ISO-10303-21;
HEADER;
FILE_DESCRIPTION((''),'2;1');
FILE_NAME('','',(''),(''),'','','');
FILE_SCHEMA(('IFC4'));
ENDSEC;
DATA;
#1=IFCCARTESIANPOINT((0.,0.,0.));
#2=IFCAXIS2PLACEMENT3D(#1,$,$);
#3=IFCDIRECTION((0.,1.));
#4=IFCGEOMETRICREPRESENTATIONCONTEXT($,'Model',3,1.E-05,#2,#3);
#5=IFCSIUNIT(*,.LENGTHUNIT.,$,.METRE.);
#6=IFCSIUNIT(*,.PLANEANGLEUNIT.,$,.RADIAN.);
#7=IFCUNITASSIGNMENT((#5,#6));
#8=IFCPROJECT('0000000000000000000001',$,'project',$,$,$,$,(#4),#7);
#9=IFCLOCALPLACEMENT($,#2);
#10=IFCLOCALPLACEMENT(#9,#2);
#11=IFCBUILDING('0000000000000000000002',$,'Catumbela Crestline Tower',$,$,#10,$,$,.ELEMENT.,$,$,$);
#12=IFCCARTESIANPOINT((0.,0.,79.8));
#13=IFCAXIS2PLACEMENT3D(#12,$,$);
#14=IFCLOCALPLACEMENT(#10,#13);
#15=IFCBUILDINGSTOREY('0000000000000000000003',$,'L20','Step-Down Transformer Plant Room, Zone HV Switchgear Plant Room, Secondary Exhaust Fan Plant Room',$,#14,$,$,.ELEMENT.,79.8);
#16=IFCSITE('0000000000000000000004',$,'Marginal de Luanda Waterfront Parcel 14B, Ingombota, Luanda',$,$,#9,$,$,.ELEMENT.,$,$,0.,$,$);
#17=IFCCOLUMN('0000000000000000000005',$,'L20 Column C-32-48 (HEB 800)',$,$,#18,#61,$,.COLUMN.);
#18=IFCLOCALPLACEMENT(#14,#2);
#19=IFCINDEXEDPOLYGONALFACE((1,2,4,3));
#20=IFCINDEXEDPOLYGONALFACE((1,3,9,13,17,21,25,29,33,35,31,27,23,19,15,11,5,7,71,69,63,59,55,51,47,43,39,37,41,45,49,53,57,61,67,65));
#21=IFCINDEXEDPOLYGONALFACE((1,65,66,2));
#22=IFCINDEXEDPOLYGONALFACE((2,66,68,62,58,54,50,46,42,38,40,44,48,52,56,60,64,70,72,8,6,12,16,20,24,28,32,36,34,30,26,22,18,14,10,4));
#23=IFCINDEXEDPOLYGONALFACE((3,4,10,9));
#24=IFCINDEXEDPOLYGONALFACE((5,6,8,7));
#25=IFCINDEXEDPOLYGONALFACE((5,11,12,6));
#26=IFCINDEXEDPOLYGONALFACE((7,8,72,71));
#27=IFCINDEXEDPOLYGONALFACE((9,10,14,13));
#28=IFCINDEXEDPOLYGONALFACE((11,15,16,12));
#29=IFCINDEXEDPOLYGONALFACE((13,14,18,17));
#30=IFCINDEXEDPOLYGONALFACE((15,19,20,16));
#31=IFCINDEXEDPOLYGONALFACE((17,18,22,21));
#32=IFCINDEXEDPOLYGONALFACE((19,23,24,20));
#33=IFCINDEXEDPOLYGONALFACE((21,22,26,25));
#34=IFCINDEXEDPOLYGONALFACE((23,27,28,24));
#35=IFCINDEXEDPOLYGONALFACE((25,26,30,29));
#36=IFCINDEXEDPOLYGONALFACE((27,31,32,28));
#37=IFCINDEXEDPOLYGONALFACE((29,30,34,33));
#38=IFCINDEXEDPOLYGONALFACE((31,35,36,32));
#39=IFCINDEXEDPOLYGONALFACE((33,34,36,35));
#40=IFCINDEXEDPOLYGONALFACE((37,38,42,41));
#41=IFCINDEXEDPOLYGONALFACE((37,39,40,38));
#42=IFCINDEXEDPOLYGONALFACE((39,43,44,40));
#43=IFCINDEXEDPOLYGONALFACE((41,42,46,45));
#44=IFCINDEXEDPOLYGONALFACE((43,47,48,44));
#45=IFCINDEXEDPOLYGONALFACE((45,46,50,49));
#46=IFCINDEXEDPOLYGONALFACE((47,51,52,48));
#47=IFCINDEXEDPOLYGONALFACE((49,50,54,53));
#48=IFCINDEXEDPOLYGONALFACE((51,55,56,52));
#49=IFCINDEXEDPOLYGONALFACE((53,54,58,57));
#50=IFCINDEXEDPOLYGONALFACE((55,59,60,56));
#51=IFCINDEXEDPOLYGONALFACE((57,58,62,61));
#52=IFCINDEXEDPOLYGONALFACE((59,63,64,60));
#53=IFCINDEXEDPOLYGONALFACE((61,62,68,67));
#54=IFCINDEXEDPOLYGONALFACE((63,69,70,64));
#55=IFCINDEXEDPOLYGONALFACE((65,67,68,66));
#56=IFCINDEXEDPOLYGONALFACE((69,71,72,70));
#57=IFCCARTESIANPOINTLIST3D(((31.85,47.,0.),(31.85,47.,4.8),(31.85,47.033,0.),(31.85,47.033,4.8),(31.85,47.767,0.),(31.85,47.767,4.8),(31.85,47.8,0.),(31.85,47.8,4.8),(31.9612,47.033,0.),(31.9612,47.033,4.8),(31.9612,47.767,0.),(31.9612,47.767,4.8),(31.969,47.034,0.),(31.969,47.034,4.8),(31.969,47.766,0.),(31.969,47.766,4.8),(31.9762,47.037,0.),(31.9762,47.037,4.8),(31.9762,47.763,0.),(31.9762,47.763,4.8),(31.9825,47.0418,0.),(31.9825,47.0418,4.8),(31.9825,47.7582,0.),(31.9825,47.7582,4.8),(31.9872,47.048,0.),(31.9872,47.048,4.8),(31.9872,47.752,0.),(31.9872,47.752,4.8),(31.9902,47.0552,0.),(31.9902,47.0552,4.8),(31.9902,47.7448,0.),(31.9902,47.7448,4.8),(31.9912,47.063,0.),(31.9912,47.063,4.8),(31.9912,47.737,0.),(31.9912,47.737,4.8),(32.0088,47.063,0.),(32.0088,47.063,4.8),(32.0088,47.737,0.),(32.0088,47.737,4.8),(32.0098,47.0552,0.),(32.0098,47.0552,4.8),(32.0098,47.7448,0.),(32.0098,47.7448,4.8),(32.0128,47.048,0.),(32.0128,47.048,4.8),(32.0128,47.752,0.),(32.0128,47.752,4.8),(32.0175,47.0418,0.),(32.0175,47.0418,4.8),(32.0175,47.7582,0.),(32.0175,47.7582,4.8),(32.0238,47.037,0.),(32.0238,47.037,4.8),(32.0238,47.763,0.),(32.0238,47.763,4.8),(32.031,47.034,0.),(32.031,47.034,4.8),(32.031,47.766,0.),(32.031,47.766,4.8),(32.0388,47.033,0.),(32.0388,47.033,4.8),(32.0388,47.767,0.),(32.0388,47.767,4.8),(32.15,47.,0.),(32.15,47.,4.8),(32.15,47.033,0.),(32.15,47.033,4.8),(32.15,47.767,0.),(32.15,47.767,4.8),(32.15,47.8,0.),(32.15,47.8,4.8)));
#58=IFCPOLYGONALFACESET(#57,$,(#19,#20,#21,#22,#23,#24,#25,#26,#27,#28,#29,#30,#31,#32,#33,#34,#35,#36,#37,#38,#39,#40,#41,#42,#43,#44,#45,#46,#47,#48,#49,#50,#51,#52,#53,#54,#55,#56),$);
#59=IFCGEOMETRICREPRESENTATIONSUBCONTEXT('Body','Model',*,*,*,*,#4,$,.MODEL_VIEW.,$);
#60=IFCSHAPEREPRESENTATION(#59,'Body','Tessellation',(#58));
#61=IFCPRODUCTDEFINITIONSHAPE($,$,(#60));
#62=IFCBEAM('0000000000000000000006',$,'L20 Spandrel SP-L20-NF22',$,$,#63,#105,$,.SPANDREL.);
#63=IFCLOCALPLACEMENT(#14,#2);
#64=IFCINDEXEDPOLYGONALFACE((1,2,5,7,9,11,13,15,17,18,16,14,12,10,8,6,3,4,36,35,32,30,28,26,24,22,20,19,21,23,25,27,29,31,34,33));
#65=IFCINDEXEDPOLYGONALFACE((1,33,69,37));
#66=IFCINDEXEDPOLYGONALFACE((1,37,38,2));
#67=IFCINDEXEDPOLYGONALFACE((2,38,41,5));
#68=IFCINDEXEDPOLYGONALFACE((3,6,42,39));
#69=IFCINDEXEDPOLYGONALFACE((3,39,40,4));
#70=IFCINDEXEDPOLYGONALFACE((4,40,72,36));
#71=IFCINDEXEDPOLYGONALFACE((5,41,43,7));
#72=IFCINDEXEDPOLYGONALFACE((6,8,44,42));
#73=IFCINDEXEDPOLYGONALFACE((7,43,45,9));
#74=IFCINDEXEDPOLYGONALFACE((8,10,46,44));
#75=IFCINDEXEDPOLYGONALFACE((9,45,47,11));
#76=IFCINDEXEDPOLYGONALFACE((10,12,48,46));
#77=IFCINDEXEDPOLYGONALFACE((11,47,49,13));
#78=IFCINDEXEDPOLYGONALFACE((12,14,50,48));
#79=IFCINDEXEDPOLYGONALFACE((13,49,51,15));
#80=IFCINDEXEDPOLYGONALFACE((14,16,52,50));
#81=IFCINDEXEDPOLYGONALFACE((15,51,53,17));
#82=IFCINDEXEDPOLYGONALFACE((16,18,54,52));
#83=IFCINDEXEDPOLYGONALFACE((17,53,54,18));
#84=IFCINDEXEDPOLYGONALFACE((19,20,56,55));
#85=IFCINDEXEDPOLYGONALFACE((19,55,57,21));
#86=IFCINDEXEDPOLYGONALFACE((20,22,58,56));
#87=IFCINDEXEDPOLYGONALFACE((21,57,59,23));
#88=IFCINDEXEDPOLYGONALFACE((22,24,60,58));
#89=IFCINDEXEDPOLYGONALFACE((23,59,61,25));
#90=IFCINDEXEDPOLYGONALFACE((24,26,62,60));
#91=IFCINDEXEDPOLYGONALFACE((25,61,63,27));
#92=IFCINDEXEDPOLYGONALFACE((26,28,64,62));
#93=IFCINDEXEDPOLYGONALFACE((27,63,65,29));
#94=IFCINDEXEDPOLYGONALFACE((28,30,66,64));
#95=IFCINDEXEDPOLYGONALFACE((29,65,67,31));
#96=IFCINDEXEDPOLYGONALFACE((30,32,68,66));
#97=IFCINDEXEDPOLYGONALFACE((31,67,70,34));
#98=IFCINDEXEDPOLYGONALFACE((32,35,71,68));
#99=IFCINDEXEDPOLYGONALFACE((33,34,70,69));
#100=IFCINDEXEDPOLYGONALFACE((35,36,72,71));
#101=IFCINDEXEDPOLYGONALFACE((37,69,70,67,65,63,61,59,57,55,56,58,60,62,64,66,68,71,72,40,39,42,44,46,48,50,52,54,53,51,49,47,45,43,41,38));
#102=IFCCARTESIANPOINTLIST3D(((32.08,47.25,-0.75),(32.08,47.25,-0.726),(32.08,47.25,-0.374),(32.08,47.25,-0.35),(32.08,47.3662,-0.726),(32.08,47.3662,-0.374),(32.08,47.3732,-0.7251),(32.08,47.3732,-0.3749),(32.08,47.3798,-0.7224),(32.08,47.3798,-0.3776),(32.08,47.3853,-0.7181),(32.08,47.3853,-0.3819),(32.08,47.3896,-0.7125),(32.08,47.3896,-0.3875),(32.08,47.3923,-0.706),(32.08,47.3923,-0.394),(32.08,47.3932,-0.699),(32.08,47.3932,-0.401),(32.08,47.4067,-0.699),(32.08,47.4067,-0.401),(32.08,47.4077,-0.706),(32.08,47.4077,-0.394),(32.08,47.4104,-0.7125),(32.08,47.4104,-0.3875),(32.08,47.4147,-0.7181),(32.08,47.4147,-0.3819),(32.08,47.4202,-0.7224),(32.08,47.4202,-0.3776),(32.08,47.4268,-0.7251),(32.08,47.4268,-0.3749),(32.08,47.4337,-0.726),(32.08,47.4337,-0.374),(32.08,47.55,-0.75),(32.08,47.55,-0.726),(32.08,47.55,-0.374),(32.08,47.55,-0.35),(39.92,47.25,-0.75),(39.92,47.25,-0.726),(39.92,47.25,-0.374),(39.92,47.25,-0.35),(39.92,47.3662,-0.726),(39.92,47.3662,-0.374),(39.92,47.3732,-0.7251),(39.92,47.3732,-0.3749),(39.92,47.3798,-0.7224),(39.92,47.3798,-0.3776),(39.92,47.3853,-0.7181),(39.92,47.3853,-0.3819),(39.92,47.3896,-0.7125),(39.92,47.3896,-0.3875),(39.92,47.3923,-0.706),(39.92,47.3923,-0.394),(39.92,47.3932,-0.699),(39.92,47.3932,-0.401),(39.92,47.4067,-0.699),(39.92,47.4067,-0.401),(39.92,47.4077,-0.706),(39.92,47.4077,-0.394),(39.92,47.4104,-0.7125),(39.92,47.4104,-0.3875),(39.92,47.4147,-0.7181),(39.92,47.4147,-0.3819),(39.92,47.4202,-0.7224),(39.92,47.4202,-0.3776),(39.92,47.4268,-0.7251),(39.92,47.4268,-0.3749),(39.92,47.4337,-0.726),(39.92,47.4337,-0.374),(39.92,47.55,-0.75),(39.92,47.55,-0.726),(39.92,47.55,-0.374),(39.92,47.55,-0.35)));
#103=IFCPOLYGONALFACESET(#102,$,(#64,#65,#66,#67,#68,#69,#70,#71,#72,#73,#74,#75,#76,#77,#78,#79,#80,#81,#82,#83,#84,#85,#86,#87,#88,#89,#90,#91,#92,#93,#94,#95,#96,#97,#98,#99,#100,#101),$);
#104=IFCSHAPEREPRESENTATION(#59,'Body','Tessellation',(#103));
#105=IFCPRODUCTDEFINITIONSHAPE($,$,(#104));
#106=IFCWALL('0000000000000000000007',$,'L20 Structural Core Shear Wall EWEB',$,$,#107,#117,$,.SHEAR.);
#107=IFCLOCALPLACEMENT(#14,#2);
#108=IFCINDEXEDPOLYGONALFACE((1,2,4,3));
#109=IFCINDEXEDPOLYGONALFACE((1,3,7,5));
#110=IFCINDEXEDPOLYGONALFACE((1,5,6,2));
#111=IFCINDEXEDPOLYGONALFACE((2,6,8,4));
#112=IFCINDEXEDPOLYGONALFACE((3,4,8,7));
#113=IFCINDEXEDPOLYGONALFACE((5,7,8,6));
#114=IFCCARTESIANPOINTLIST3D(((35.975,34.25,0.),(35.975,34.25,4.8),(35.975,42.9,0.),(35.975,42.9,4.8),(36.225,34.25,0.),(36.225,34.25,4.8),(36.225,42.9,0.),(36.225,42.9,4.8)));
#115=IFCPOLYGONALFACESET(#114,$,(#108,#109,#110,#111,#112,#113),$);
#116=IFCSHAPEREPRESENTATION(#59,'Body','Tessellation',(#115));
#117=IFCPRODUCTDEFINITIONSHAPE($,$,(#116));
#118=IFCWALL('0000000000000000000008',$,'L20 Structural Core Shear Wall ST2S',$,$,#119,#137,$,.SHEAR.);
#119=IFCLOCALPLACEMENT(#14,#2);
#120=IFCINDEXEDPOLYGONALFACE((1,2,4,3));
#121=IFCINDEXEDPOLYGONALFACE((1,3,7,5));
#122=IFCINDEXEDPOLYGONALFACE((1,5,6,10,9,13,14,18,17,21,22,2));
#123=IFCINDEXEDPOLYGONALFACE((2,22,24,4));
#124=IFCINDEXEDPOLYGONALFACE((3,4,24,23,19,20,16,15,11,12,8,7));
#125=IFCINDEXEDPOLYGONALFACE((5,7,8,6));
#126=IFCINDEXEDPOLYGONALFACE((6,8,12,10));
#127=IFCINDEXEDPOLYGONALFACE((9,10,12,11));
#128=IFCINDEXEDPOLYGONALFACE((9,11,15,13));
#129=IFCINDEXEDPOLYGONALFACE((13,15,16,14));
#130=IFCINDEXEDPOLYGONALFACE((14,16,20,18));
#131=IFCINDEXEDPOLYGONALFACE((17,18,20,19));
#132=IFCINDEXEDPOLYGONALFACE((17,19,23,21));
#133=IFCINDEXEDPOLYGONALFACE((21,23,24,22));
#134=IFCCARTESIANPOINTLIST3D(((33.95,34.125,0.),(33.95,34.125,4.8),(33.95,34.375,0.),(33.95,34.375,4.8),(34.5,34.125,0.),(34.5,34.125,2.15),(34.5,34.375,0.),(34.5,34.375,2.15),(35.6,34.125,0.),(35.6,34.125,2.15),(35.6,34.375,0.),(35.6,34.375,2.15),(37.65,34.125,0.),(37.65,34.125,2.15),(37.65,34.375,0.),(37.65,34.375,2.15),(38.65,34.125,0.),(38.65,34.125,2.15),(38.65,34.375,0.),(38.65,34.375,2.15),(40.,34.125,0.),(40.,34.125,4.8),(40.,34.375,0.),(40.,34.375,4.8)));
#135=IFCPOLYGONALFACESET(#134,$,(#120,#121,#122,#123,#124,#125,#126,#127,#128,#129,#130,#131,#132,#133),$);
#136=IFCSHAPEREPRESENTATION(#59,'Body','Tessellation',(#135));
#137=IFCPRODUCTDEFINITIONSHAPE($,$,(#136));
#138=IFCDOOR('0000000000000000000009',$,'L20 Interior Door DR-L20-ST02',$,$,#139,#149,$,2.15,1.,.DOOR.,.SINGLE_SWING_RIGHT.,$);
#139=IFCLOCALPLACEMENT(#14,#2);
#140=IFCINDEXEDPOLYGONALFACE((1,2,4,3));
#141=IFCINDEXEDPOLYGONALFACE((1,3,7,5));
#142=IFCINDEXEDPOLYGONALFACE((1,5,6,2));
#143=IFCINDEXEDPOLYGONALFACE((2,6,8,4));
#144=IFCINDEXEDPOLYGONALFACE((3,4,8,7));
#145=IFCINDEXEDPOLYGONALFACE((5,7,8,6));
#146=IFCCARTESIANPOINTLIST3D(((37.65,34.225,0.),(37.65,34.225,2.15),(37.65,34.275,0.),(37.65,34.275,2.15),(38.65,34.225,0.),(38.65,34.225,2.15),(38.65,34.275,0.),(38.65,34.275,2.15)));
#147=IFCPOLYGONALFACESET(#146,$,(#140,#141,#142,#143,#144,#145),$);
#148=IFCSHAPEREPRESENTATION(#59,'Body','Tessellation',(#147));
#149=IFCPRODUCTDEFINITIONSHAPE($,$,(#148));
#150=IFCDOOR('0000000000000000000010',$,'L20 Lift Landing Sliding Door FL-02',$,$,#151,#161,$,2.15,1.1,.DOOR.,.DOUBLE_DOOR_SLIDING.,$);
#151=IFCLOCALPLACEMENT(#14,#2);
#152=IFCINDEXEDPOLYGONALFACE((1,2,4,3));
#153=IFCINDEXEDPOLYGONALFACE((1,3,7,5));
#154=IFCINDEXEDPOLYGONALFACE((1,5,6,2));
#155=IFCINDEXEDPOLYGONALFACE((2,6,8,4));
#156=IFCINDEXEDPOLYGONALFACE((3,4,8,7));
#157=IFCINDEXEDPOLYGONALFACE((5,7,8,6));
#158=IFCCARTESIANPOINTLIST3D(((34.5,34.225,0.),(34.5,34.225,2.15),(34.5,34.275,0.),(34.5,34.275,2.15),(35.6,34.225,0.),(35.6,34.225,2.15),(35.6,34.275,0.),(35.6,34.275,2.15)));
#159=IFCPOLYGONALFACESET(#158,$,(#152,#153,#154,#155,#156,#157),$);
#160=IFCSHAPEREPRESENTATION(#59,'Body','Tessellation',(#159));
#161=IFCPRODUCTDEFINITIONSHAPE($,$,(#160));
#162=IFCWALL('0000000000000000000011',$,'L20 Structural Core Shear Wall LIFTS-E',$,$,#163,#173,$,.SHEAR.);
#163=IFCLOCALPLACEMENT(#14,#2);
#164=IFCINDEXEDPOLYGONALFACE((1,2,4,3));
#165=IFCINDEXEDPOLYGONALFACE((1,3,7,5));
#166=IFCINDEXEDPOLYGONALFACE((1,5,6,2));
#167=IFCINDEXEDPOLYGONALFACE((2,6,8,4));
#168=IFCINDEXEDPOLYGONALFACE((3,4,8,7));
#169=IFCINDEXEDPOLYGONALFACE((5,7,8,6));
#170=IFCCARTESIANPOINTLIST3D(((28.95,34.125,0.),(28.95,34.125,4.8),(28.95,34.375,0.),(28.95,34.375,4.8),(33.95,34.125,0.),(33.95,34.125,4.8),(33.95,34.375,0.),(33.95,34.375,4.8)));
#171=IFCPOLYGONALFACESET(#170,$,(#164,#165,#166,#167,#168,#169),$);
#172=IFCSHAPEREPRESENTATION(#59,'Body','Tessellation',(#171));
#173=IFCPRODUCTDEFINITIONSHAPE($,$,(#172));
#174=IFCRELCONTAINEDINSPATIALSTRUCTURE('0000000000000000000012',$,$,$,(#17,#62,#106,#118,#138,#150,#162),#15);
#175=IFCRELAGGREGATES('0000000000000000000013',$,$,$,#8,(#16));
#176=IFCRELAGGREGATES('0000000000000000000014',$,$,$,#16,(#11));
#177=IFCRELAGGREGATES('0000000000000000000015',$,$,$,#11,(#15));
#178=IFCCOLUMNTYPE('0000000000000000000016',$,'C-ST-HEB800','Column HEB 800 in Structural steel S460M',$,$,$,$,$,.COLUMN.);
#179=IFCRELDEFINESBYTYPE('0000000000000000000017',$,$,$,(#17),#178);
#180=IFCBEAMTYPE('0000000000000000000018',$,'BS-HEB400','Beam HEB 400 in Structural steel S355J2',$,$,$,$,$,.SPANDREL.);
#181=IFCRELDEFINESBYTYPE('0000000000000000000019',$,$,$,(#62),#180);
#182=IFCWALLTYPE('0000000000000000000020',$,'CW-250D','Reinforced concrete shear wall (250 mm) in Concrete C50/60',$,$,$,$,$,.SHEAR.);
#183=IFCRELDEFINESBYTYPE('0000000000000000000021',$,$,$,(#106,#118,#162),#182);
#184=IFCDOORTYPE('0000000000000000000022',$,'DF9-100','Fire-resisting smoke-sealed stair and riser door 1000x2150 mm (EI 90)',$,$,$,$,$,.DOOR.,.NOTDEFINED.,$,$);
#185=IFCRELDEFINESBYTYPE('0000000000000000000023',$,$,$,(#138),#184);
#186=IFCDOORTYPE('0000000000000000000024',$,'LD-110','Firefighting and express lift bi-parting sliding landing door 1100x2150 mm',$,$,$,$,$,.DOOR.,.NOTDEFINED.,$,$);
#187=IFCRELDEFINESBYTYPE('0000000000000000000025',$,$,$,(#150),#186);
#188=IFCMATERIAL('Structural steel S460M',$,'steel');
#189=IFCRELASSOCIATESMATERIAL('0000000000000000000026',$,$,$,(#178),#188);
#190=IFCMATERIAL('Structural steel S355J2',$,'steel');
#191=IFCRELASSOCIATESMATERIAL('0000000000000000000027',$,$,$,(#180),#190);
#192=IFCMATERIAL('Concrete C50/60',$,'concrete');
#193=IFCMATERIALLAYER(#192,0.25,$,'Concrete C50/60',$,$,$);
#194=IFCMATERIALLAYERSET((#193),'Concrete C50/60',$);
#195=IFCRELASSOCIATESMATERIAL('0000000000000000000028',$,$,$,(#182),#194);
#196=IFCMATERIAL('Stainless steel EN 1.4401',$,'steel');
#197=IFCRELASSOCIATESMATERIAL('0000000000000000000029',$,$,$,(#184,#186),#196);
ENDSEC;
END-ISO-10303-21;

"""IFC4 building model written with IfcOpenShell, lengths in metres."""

from ifc_helpers import new_model, si_unit, direction, frame, frame_2d, origin, origin_2d, place, context, subcontext, project, spatial, rectangle, i_section, extrude, material, layer, layer_set, material_profile, profile_set, type_object, element, fill, save


model = new_model("IFC4")

# Units and contexts
model_context = context("Model", 3, precision=1e-05, world=origin(), true_north=direction((0.0, 1.0)))
body_context = subcontext(model_context, "Body", "Model", "MODEL_VIEW")
ifc_project = project(units=[si_unit("LENGTHUNIT", "METRE"), si_unit("PLANEANGLEUNIT", "RADIAN")], contexts=[model_context])

# Site, building, storey
site_placement = place(None, origin())
site = spatial("IfcSite", under=ifc_project, at=site_placement, Name="Marginal de Luanda Waterfront Parcel 14B, Ingombota, Luanda", CompositionType="ELEMENT", RefElevation=0.0)
building_placement = place(site_placement, origin())
building = spatial("IfcBuilding", under=site, at=building_placement, Name="Catumbela Crestline Tower", CompositionType="ELEMENT")
storey_placement = place(building_placement, frame((0.0, 0.0, 79.8)))
storey = spatial("IfcBuildingStorey", under=building, at=storey_placement, Name="L20", Description="Step-Down Transformer Plant Room, Zone HV Switchgear Plant Room, Secondary Exhaust Fan Plant Room", CompositionType="ELEMENT", Elevation=79.8)

# Column
ifc_material_1 = material(Name="Structural steel S460M", Category="steel")
ifc_material_profile_1 = material_profile(ifc_material_1, i_section(OverallWidth=0.3, OverallDepth=0.8, WebThickness=0.0175, FlangeThickness=0.033, FilletRadius=0.03, at=origin_2d()), Name="HEB 800")
ifc_profile_set_1 = profile_set([ifc_material_profile_1], Name="Structural steel S460M")
column_type = type_object("IfcColumnType", Name="C-ST-HEB800", Description="Column HEB 800 in Structural steel S460M", PredefinedType="COLUMN", material=ifc_profile_set_1)
column_placement = place(storey_placement, frame((32.0, 47.4, 0.0), z_axis=(0.0, 0.0, 1.0), x_axis=(1.0, 0.0, 0.0)))
element("IfcColumn", 1, at=column_placement, inside=storey, type_object=column_type, Name="L20 Column C-32-48 (HEB 800)", PredefinedType="COLUMN", context=body_context, shape_type="SweptSolid", body=[
    extrude(i_section(OverallWidth=0.3, OverallDepth=0.8, WebThickness=0.0175, FlangeThickness=0.033, FilletRadius=0.03, at=origin_2d()), origin(), (0.0, 0.0, 1.0), 4.8),
])

# Beam
ifc_material_2 = material(Name="Structural steel S355J2", Category="steel")
ifc_material_profile_2 = material_profile(ifc_material_2, i_section(OverallWidth=0.3, OverallDepth=0.4, WebThickness=0.0135, FlangeThickness=0.024, FilletRadius=0.027, at=origin_2d()), Name="HEB 400")
ifc_profile_set_2 = profile_set([ifc_material_profile_2], Name="Structural steel S355J2")
beam_type = type_object("IfcBeamType", Name="BS-HEB400", Description="Beam HEB 400 in Structural steel S355J2", PredefinedType="SPANDREL", material=ifc_profile_set_2)
beam_placement = place(storey_placement, frame((32.08, 47.4, -0.55), z_axis=(1.0, 0.0, 0.0), x_axis=(0.0, 1.0, 0.0)))
element("IfcBeam", 2, at=beam_placement, inside=storey, type_object=beam_type, Name="L20 Spandrel SP-L20-NF22", PredefinedType="SPANDREL", context=body_context, shape_type="SweptSolid", body=[
    extrude(i_section(OverallWidth=0.3, OverallDepth=0.4, WebThickness=0.0135, FlangeThickness=0.024, FilletRadius=0.027, at=origin_2d()), origin(), (0.0, 0.0, 1.0), 7.84),
])

# Wall
ifc_material_3 = material(Name="Concrete C50/60", Category="concrete")
ifc_layer_1 = layer(ifc_material_3, 0.25, Name="Concrete C50/60")
ifc_layer_set_1 = layer_set([ifc_layer_1], Name="Concrete C50/60")
wall_type_1 = type_object("IfcWallType", Name="CW-250D", Description="Reinforced concrete shear wall (250 mm) in Concrete C50/60", PredefinedType="SHEAR", material=ifc_layer_set_1)
wall_1_placement = place(storey_placement, frame((36.1, 34.25, 0.0), z_axis=(0.0, 0.0, 1.0), x_axis=(0.0, 1.0, 0.0)))
element("IfcWall", 3, at=wall_1_placement, inside=storey, type_object=wall_type_1, Name="L20 Structural Core Shear Wall EWEB", PredefinedType="SHEAR", context=body_context, shape_type="SweptSolid", body=[
    extrude(rectangle(XDim=8.65, YDim=0.25, at=frame_2d((4.325, 0.0))), origin(), (0.0, 0.0, 1.0), 4.8),
])

# Wall, openings, doors
wall_2_placement = place(storey_placement, frame((33.95, 34.25, 0.0), z_axis=(0.0, 0.0, 1.0), x_axis=(1.0, 0.0, 0.0)))
wall_2 = element("IfcWall", 4, at=wall_2_placement, inside=storey, type_object=wall_type_1, Name="L20 Structural Core Shear Wall ST2S", PredefinedType="SHEAR", context=body_context, shape_type="SweptSolid", body=[
    extrude(rectangle(XDim=6.05, YDim=0.25, at=frame_2d((3.025, 0.0))), origin(), (0.0, 0.0, 1.0), 4.8),
])
opening_1_placement = place(wall_2_placement, frame((3.7, 0.0, 0.0)))
opening_1 = element("IfcOpeningElement", 5, at=opening_1_placement, cuts=wall_2, PredefinedType="OPENING", context=body_context, shape_type="SweptSolid", body=[
    extrude(rectangle(XDim=1.0, YDim=2.15, at=frame_2d((0.5, 1.075))), frame((0.0, 0.135, 0.0), z_axis=(0.0, -1.0, 0.0), x_axis=(1.0, 0.0, 0.0)), (0.0, 0.0, 1.0), 0.27),
])
opening_2_placement = place(wall_2_placement, frame((0.55, 0.0, 0.0)))
opening_2 = element("IfcOpeningElement", 6, at=opening_2_placement, cuts=wall_2, PredefinedType="OPENING", context=body_context, shape_type="SweptSolid", body=[
    extrude(rectangle(XDim=1.1, YDim=2.15, at=frame_2d((0.55, 1.075))), frame((0.0, 0.135, 0.0), z_axis=(0.0, -1.0, 0.0), x_axis=(1.0, 0.0, 0.0)), (0.0, 0.0, 1.0), 0.27),
])
ifc_material_4 = material(Name="Stainless steel EN 1.4401", Category="steel")
door_type_1 = type_object("IfcDoorType", Name="DF9-100", Description="Fire-resisting smoke-sealed stair and riser door 1000x2150 mm (EI 90)", OperationType="NOTDEFINED", PredefinedType="DOOR", material=ifc_material_4)
door_1_placement = place(opening_1_placement, origin())
door_1 = element("IfcDoor", 7, at=door_1_placement, inside=storey, type_object=door_type_1, Name="L20 Interior Door DR-L20-ST02", OperationType="SINGLE_SWING_RIGHT", OverallHeight=2.15, OverallWidth=1.0, PredefinedType="DOOR", context=body_context, shape_type="SweptSolid", body=[
    extrude(rectangle(XDim=1.0, YDim=2.15, at=frame_2d((0.5, 1.075))), frame((0.0, 0.025, 0.0), z_axis=(0.0, -1.0, 0.0), x_axis=(1.0, 0.0, 0.0)), (0.0, 0.0, 1.0), 0.05),
])
fill(opening_1, door_1)
door_type_2 = type_object("IfcDoorType", Name="LD-110", Description="Firefighting and express lift bi-parting sliding landing door 1100x2150 mm", OperationType="NOTDEFINED", PredefinedType="DOOR", material=ifc_material_4)
door_2_placement = place(opening_2_placement, origin())
door_2 = element("IfcDoor", 8, at=door_2_placement, inside=storey, type_object=door_type_2, Name="L20 Lift Landing Sliding Door FL-02", OperationType="DOUBLE_DOOR_SLIDING", OverallHeight=2.15, OverallWidth=1.1, PredefinedType="DOOR", context=body_context, shape_type="SweptSolid", body=[
    extrude(rectangle(XDim=1.1, YDim=2.15, at=frame_2d((0.55, 1.075))), frame((0.0, 0.025, 0.0), z_axis=(0.0, -1.0, 0.0), x_axis=(1.0, 0.0, 0.0)), (0.0, 0.0, 1.0), 0.05),
])
fill(opening_2, door_2)

# Wall
wall_3_placement = place(storey_placement, frame((28.95, 34.25, 0.0), z_axis=(0.0, 0.0, 1.0), x_axis=(1.0, 0.0, 0.0)))
element("IfcWall", 9, at=wall_3_placement, inside=storey, type_object=wall_type_1, Name="L20 Structural Core Shear Wall LIFTS-E", PredefinedType="SHEAR", context=body_context, shape_type="SweptSolid", body=[
    extrude(rectangle(XDim=5.0, YDim=0.25, at=frame_2d((2.5, 0.0))), origin(), (0.0, 0.0, 1.0), 4.8),
])

save(model, "model.ifc")
